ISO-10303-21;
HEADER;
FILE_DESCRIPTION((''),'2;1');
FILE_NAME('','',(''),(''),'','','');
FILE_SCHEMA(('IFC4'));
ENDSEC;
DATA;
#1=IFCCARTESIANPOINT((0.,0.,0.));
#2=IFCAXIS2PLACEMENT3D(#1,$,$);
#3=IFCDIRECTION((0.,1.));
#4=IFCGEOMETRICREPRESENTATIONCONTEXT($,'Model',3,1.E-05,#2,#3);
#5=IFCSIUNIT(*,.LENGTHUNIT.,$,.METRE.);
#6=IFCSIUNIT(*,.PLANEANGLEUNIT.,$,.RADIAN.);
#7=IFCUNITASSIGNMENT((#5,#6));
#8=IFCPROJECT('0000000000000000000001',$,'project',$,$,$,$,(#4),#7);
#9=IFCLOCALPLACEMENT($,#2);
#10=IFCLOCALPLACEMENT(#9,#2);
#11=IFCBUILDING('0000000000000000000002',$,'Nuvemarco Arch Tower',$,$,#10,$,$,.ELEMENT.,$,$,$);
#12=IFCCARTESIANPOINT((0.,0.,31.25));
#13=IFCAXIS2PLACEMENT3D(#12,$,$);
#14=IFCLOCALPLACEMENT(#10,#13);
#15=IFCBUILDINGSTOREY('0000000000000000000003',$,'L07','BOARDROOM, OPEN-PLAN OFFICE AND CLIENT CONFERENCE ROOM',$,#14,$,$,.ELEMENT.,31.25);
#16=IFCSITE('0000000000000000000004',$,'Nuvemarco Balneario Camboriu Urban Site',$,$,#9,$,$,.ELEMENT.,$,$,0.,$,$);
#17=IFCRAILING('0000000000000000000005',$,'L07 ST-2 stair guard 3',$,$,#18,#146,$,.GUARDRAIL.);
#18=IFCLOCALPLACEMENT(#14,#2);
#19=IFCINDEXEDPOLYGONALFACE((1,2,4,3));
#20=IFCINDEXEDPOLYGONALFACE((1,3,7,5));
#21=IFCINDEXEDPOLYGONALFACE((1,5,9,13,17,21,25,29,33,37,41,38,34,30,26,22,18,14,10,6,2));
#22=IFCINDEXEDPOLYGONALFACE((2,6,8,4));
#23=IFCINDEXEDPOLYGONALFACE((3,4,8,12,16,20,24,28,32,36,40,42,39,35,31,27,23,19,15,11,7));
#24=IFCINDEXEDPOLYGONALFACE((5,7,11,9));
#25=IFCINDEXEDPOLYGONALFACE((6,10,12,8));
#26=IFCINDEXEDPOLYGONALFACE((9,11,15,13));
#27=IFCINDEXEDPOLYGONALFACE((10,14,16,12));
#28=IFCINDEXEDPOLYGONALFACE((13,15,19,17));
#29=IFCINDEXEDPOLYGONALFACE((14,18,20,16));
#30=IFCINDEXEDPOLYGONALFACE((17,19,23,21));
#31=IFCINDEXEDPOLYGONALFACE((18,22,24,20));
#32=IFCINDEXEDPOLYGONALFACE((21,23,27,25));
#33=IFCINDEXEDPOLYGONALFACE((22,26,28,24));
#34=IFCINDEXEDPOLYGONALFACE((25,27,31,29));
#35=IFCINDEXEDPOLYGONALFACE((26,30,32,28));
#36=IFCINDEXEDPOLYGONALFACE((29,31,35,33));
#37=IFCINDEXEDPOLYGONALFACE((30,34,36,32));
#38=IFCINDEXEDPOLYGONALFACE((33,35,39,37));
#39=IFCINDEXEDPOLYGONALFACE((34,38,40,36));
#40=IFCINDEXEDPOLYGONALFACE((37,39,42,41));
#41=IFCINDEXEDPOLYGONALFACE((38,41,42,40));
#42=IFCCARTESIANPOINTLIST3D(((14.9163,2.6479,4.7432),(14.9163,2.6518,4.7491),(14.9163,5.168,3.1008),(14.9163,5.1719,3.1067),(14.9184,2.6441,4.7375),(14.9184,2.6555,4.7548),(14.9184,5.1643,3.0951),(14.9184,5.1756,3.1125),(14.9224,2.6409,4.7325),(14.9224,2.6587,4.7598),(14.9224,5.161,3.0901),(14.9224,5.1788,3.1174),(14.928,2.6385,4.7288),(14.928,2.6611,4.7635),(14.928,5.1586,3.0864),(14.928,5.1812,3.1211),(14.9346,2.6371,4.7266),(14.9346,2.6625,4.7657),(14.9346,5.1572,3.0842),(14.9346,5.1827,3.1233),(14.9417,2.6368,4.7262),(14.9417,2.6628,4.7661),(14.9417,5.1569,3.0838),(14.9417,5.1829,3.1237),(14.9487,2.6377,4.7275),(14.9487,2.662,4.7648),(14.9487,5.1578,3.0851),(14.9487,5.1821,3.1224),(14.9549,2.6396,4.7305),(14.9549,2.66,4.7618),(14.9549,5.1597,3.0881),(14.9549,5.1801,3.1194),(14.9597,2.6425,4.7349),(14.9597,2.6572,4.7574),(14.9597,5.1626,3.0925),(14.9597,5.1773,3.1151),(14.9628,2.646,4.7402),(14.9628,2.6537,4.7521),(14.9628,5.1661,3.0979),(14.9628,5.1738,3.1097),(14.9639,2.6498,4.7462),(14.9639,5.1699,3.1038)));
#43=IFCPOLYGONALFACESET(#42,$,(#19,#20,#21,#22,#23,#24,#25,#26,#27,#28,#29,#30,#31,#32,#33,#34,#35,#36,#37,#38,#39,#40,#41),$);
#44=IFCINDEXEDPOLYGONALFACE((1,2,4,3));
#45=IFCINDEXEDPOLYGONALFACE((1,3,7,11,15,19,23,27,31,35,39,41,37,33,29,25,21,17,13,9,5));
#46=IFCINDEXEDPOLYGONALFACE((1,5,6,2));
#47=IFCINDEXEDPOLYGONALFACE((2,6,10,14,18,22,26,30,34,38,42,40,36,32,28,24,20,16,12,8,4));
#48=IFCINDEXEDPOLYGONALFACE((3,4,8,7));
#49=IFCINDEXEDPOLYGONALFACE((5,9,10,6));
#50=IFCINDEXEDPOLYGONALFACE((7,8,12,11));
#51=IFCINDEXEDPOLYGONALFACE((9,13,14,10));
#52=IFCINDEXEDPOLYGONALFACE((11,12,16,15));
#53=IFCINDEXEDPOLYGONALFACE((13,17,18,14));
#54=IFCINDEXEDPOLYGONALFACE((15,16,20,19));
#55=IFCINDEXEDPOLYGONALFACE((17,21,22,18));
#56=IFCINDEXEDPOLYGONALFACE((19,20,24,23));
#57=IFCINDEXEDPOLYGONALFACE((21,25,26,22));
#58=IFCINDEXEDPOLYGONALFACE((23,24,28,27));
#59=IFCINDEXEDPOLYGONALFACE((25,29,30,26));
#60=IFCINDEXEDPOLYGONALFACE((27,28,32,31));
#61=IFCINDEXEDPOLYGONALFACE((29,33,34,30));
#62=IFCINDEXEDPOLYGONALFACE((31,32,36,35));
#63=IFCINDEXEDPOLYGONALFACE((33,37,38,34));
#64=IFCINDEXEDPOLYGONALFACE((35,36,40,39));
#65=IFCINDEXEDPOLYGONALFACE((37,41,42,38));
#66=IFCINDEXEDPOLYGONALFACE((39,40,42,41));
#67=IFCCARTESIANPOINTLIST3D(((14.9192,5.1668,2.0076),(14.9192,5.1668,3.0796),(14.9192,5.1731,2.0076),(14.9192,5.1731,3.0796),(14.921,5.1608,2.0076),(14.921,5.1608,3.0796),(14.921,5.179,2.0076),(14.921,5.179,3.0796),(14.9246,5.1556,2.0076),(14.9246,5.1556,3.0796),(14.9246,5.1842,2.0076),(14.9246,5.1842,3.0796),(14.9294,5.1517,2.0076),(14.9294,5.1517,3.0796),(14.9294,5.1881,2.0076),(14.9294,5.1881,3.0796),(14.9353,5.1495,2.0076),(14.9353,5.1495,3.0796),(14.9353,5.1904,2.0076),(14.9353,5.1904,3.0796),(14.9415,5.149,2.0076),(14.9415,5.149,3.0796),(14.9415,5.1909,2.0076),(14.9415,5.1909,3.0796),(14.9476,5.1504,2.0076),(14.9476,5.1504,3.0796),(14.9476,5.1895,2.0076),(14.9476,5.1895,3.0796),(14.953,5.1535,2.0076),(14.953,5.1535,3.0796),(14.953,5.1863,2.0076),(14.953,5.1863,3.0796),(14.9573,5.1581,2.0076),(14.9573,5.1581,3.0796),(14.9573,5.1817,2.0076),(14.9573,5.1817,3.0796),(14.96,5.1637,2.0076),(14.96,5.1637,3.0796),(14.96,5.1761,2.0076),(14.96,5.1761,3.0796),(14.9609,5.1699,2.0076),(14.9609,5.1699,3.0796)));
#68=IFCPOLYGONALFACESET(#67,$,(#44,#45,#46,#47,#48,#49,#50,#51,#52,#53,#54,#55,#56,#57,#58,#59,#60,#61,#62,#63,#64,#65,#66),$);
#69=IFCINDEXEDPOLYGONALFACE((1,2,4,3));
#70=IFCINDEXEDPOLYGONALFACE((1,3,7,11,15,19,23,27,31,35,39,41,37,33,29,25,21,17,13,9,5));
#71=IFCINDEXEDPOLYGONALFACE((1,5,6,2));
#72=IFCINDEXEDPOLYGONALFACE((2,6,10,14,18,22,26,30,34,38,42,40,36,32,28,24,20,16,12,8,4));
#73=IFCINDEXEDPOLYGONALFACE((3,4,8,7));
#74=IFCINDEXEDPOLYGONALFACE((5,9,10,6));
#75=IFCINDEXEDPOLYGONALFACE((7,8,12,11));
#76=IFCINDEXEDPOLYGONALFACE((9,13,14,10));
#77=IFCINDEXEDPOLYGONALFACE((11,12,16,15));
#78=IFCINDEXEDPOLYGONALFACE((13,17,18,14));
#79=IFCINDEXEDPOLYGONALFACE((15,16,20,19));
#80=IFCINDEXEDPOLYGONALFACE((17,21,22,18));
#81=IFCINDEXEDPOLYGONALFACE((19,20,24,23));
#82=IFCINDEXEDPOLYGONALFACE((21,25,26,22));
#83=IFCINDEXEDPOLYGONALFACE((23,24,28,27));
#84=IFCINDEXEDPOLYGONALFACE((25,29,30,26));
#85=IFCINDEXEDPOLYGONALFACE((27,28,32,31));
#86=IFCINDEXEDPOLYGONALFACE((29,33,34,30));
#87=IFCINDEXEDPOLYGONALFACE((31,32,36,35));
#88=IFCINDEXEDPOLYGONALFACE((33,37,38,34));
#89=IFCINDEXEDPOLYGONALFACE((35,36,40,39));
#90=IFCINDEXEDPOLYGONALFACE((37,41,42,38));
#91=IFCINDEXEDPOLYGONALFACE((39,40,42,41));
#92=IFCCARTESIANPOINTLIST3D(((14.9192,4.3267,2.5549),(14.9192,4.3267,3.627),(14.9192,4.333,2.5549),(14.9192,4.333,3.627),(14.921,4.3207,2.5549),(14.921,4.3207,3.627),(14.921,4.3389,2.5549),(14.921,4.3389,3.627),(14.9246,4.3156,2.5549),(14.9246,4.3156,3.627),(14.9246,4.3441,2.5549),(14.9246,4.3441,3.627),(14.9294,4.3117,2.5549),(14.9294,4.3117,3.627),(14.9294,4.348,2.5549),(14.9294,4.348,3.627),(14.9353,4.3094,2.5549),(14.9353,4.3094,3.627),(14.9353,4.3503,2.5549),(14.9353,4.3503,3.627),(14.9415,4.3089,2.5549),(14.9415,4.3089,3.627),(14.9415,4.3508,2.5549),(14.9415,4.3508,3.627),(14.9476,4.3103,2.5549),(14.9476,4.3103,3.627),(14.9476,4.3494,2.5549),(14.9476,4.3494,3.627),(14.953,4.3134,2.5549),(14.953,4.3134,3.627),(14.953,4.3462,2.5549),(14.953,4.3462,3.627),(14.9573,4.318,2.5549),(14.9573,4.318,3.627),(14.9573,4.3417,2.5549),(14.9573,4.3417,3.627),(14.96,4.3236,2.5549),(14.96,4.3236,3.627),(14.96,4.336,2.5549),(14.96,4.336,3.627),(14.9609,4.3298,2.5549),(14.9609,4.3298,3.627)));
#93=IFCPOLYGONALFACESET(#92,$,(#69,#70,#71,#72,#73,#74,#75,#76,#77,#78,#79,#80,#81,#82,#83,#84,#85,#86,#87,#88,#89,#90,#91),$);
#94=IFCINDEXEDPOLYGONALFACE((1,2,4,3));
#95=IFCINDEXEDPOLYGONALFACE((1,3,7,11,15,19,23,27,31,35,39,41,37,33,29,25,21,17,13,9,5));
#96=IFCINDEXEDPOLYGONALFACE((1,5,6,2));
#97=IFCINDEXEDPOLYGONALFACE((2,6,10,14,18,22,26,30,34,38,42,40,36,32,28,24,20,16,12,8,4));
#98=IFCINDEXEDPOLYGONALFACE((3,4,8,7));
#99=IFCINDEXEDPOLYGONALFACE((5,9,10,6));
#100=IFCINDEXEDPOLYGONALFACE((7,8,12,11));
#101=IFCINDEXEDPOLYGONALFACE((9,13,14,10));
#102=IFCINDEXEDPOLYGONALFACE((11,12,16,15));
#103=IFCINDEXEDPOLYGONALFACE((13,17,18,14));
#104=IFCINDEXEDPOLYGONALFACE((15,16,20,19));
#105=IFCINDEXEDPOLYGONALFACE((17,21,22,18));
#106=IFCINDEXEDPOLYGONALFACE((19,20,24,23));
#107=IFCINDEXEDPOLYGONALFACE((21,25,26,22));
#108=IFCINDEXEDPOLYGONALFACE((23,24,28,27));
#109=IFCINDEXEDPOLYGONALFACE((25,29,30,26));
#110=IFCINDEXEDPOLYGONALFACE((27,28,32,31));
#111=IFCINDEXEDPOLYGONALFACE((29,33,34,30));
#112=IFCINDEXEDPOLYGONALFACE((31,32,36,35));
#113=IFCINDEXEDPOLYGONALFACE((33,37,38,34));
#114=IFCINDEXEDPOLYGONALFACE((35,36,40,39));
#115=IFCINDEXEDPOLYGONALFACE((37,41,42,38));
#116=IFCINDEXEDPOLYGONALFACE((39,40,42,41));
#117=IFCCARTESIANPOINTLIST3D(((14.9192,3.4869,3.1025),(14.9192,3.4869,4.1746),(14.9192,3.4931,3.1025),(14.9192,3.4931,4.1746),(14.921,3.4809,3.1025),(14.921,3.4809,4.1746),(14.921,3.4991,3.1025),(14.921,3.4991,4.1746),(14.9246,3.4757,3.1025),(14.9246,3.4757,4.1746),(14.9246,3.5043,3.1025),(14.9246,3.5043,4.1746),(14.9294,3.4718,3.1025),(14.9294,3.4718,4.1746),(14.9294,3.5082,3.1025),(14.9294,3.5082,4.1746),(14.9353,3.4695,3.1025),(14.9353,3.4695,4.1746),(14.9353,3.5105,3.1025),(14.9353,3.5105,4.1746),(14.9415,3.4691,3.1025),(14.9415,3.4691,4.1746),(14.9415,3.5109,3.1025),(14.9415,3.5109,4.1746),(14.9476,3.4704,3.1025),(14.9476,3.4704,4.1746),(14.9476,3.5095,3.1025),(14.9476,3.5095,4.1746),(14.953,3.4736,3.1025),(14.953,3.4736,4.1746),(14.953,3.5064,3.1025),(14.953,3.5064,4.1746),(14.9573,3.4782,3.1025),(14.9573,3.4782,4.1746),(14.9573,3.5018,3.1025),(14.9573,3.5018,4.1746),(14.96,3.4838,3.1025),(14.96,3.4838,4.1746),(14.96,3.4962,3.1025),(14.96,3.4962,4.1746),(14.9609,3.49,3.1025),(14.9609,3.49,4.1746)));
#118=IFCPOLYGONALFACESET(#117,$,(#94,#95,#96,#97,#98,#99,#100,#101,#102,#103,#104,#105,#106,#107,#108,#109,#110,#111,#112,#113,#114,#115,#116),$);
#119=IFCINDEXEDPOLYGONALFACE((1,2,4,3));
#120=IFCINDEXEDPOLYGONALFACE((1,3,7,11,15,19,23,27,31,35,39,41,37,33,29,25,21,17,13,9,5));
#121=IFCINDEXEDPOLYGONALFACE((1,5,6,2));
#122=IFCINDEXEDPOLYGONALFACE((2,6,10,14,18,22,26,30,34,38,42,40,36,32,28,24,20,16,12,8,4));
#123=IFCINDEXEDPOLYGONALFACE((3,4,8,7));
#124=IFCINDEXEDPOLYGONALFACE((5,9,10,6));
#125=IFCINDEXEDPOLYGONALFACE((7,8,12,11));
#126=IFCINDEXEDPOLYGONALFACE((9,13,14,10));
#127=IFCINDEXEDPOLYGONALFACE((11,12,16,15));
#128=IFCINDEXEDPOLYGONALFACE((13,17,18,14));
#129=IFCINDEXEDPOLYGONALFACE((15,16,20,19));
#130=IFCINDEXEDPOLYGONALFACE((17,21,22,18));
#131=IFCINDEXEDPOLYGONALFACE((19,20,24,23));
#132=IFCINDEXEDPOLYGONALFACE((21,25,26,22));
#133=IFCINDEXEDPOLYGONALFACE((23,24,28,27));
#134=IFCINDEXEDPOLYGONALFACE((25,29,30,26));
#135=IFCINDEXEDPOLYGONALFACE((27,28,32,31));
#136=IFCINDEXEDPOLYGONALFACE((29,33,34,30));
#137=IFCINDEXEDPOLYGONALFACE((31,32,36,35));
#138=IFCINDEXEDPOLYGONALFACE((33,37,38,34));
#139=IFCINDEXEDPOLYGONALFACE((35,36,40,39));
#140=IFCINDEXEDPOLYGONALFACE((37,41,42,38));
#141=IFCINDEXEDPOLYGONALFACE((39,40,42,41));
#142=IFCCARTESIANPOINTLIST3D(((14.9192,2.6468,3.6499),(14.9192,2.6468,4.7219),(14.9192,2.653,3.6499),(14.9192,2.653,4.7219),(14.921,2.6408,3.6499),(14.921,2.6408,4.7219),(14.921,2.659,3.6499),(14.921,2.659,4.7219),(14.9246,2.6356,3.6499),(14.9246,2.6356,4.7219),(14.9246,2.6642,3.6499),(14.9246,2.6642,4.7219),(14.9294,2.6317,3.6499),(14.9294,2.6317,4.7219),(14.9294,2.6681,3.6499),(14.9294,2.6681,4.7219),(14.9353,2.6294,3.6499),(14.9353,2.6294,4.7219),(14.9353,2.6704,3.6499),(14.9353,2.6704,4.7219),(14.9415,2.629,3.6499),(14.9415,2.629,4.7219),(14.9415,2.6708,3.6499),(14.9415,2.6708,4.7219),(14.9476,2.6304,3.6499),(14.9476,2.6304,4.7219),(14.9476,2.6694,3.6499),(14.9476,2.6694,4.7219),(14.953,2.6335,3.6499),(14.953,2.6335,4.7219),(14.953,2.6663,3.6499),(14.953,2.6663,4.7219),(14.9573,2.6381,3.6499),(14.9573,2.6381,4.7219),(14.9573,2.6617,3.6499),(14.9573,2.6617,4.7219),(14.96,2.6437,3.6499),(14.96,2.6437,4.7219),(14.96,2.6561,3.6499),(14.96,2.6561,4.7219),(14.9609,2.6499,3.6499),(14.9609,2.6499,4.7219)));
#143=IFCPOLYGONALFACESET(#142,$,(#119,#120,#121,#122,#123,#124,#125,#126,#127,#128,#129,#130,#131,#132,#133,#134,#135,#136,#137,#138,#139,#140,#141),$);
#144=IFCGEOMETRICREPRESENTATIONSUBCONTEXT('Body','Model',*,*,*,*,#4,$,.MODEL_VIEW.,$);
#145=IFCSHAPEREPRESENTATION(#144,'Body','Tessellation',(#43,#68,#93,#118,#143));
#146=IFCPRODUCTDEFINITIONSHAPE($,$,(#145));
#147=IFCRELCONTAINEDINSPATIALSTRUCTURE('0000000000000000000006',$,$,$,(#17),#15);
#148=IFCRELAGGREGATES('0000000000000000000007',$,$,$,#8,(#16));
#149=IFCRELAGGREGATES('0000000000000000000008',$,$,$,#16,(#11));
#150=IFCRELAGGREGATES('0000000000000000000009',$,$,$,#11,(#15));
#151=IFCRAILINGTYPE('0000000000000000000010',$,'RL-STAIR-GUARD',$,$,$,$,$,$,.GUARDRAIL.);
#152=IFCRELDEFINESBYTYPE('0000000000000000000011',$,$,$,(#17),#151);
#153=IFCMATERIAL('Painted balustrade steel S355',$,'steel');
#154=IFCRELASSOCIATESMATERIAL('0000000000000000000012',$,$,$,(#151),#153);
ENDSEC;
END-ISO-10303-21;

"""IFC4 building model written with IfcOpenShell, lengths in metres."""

from ifc_helpers import new_model, si_unit, direction, frame, origin, origin_2d, place, context, subcontext, project, spatial, circle, extrude, material, type_object, element, save


model = new_model("IFC4")

# Units and contexts
model_context = context("Model", 3, precision=1e-05, world=origin(), true_north=direction((0.0, 1.0)))
body_context = subcontext(model_context, "Body", "Model", "MODEL_VIEW")
ifc_project = project(units=[si_unit("LENGTHUNIT", "METRE"), si_unit("PLANEANGLEUNIT", "RADIAN")], contexts=[model_context])

# Site, building, storey
site_placement = place(None, origin())
site = spatial("IfcSite", under=ifc_project, at=site_placement, Name="Nuvemarco Balneario Camboriu Urban Site", CompositionType="ELEMENT", RefElevation=0.0)
building_placement = place(site_placement, origin())
building = spatial("IfcBuilding", under=site, at=building_placement, Name="Nuvemarco Arch Tower", CompositionType="ELEMENT")
storey_placement = place(building_placement, frame((0.0, 0.0, 31.25)))
storey = spatial("IfcBuildingStorey", under=building, at=storey_placement, Name="L07", Description="BOARDROOM, OPEN-PLAN OFFICE AND CLIENT CONFERENCE ROOM", CompositionType="ELEMENT", Elevation=31.25)

# Railing
ifc_material_1 = material(Name="Painted balustrade steel S355", Category="steel")
railing_type_1 = type_object("IfcRailingType", Name="RL-STAIR-GUARD", PredefinedType="GUARDRAIL", material=ifc_material_1)
railing_1_placement = place(storey_placement, frame((14.9399, 5.1699, 2.0076)))
element("IfcRailing", 1, at=railing_1_placement, inside=storey, type_object=railing_type_1, Name="L07 ST-2 stair guard 3", PredefinedType="GUARDRAIL", context=body_context, shape_type="SweptSolid", body=[
    extrude(circle(Radius=0.0239, at=origin_2d()), frame((0.0, 0.0, 1.0962), z_axis=(0.0, -0.837787, 0.545998), x_axis=(1.0, 0.0, 0.0)), (0.0, 0.0, 1.0), 3.0081),
    extrude(circle(Radius=0.021, at=origin_2d()), origin(), (0.0, 0.0, 1.0), 1.072),
    extrude(circle(Radius=0.021, at=origin_2d()), frame((0.0, -0.8401, 0.5474)), (0.0, 0.0, 1.0), 1.072),
    extrude(circle(Radius=0.021, at=origin_2d()), frame((0.0, -1.6799, 1.095)), (0.0, 0.0, 1.0), 1.072),
    extrude(circle(Radius=0.021, at=origin_2d()), frame((0.0, -2.52, 1.6423)), (0.0, 0.0, 1.0), 1.072),
])

save(model, "model.ifc")
